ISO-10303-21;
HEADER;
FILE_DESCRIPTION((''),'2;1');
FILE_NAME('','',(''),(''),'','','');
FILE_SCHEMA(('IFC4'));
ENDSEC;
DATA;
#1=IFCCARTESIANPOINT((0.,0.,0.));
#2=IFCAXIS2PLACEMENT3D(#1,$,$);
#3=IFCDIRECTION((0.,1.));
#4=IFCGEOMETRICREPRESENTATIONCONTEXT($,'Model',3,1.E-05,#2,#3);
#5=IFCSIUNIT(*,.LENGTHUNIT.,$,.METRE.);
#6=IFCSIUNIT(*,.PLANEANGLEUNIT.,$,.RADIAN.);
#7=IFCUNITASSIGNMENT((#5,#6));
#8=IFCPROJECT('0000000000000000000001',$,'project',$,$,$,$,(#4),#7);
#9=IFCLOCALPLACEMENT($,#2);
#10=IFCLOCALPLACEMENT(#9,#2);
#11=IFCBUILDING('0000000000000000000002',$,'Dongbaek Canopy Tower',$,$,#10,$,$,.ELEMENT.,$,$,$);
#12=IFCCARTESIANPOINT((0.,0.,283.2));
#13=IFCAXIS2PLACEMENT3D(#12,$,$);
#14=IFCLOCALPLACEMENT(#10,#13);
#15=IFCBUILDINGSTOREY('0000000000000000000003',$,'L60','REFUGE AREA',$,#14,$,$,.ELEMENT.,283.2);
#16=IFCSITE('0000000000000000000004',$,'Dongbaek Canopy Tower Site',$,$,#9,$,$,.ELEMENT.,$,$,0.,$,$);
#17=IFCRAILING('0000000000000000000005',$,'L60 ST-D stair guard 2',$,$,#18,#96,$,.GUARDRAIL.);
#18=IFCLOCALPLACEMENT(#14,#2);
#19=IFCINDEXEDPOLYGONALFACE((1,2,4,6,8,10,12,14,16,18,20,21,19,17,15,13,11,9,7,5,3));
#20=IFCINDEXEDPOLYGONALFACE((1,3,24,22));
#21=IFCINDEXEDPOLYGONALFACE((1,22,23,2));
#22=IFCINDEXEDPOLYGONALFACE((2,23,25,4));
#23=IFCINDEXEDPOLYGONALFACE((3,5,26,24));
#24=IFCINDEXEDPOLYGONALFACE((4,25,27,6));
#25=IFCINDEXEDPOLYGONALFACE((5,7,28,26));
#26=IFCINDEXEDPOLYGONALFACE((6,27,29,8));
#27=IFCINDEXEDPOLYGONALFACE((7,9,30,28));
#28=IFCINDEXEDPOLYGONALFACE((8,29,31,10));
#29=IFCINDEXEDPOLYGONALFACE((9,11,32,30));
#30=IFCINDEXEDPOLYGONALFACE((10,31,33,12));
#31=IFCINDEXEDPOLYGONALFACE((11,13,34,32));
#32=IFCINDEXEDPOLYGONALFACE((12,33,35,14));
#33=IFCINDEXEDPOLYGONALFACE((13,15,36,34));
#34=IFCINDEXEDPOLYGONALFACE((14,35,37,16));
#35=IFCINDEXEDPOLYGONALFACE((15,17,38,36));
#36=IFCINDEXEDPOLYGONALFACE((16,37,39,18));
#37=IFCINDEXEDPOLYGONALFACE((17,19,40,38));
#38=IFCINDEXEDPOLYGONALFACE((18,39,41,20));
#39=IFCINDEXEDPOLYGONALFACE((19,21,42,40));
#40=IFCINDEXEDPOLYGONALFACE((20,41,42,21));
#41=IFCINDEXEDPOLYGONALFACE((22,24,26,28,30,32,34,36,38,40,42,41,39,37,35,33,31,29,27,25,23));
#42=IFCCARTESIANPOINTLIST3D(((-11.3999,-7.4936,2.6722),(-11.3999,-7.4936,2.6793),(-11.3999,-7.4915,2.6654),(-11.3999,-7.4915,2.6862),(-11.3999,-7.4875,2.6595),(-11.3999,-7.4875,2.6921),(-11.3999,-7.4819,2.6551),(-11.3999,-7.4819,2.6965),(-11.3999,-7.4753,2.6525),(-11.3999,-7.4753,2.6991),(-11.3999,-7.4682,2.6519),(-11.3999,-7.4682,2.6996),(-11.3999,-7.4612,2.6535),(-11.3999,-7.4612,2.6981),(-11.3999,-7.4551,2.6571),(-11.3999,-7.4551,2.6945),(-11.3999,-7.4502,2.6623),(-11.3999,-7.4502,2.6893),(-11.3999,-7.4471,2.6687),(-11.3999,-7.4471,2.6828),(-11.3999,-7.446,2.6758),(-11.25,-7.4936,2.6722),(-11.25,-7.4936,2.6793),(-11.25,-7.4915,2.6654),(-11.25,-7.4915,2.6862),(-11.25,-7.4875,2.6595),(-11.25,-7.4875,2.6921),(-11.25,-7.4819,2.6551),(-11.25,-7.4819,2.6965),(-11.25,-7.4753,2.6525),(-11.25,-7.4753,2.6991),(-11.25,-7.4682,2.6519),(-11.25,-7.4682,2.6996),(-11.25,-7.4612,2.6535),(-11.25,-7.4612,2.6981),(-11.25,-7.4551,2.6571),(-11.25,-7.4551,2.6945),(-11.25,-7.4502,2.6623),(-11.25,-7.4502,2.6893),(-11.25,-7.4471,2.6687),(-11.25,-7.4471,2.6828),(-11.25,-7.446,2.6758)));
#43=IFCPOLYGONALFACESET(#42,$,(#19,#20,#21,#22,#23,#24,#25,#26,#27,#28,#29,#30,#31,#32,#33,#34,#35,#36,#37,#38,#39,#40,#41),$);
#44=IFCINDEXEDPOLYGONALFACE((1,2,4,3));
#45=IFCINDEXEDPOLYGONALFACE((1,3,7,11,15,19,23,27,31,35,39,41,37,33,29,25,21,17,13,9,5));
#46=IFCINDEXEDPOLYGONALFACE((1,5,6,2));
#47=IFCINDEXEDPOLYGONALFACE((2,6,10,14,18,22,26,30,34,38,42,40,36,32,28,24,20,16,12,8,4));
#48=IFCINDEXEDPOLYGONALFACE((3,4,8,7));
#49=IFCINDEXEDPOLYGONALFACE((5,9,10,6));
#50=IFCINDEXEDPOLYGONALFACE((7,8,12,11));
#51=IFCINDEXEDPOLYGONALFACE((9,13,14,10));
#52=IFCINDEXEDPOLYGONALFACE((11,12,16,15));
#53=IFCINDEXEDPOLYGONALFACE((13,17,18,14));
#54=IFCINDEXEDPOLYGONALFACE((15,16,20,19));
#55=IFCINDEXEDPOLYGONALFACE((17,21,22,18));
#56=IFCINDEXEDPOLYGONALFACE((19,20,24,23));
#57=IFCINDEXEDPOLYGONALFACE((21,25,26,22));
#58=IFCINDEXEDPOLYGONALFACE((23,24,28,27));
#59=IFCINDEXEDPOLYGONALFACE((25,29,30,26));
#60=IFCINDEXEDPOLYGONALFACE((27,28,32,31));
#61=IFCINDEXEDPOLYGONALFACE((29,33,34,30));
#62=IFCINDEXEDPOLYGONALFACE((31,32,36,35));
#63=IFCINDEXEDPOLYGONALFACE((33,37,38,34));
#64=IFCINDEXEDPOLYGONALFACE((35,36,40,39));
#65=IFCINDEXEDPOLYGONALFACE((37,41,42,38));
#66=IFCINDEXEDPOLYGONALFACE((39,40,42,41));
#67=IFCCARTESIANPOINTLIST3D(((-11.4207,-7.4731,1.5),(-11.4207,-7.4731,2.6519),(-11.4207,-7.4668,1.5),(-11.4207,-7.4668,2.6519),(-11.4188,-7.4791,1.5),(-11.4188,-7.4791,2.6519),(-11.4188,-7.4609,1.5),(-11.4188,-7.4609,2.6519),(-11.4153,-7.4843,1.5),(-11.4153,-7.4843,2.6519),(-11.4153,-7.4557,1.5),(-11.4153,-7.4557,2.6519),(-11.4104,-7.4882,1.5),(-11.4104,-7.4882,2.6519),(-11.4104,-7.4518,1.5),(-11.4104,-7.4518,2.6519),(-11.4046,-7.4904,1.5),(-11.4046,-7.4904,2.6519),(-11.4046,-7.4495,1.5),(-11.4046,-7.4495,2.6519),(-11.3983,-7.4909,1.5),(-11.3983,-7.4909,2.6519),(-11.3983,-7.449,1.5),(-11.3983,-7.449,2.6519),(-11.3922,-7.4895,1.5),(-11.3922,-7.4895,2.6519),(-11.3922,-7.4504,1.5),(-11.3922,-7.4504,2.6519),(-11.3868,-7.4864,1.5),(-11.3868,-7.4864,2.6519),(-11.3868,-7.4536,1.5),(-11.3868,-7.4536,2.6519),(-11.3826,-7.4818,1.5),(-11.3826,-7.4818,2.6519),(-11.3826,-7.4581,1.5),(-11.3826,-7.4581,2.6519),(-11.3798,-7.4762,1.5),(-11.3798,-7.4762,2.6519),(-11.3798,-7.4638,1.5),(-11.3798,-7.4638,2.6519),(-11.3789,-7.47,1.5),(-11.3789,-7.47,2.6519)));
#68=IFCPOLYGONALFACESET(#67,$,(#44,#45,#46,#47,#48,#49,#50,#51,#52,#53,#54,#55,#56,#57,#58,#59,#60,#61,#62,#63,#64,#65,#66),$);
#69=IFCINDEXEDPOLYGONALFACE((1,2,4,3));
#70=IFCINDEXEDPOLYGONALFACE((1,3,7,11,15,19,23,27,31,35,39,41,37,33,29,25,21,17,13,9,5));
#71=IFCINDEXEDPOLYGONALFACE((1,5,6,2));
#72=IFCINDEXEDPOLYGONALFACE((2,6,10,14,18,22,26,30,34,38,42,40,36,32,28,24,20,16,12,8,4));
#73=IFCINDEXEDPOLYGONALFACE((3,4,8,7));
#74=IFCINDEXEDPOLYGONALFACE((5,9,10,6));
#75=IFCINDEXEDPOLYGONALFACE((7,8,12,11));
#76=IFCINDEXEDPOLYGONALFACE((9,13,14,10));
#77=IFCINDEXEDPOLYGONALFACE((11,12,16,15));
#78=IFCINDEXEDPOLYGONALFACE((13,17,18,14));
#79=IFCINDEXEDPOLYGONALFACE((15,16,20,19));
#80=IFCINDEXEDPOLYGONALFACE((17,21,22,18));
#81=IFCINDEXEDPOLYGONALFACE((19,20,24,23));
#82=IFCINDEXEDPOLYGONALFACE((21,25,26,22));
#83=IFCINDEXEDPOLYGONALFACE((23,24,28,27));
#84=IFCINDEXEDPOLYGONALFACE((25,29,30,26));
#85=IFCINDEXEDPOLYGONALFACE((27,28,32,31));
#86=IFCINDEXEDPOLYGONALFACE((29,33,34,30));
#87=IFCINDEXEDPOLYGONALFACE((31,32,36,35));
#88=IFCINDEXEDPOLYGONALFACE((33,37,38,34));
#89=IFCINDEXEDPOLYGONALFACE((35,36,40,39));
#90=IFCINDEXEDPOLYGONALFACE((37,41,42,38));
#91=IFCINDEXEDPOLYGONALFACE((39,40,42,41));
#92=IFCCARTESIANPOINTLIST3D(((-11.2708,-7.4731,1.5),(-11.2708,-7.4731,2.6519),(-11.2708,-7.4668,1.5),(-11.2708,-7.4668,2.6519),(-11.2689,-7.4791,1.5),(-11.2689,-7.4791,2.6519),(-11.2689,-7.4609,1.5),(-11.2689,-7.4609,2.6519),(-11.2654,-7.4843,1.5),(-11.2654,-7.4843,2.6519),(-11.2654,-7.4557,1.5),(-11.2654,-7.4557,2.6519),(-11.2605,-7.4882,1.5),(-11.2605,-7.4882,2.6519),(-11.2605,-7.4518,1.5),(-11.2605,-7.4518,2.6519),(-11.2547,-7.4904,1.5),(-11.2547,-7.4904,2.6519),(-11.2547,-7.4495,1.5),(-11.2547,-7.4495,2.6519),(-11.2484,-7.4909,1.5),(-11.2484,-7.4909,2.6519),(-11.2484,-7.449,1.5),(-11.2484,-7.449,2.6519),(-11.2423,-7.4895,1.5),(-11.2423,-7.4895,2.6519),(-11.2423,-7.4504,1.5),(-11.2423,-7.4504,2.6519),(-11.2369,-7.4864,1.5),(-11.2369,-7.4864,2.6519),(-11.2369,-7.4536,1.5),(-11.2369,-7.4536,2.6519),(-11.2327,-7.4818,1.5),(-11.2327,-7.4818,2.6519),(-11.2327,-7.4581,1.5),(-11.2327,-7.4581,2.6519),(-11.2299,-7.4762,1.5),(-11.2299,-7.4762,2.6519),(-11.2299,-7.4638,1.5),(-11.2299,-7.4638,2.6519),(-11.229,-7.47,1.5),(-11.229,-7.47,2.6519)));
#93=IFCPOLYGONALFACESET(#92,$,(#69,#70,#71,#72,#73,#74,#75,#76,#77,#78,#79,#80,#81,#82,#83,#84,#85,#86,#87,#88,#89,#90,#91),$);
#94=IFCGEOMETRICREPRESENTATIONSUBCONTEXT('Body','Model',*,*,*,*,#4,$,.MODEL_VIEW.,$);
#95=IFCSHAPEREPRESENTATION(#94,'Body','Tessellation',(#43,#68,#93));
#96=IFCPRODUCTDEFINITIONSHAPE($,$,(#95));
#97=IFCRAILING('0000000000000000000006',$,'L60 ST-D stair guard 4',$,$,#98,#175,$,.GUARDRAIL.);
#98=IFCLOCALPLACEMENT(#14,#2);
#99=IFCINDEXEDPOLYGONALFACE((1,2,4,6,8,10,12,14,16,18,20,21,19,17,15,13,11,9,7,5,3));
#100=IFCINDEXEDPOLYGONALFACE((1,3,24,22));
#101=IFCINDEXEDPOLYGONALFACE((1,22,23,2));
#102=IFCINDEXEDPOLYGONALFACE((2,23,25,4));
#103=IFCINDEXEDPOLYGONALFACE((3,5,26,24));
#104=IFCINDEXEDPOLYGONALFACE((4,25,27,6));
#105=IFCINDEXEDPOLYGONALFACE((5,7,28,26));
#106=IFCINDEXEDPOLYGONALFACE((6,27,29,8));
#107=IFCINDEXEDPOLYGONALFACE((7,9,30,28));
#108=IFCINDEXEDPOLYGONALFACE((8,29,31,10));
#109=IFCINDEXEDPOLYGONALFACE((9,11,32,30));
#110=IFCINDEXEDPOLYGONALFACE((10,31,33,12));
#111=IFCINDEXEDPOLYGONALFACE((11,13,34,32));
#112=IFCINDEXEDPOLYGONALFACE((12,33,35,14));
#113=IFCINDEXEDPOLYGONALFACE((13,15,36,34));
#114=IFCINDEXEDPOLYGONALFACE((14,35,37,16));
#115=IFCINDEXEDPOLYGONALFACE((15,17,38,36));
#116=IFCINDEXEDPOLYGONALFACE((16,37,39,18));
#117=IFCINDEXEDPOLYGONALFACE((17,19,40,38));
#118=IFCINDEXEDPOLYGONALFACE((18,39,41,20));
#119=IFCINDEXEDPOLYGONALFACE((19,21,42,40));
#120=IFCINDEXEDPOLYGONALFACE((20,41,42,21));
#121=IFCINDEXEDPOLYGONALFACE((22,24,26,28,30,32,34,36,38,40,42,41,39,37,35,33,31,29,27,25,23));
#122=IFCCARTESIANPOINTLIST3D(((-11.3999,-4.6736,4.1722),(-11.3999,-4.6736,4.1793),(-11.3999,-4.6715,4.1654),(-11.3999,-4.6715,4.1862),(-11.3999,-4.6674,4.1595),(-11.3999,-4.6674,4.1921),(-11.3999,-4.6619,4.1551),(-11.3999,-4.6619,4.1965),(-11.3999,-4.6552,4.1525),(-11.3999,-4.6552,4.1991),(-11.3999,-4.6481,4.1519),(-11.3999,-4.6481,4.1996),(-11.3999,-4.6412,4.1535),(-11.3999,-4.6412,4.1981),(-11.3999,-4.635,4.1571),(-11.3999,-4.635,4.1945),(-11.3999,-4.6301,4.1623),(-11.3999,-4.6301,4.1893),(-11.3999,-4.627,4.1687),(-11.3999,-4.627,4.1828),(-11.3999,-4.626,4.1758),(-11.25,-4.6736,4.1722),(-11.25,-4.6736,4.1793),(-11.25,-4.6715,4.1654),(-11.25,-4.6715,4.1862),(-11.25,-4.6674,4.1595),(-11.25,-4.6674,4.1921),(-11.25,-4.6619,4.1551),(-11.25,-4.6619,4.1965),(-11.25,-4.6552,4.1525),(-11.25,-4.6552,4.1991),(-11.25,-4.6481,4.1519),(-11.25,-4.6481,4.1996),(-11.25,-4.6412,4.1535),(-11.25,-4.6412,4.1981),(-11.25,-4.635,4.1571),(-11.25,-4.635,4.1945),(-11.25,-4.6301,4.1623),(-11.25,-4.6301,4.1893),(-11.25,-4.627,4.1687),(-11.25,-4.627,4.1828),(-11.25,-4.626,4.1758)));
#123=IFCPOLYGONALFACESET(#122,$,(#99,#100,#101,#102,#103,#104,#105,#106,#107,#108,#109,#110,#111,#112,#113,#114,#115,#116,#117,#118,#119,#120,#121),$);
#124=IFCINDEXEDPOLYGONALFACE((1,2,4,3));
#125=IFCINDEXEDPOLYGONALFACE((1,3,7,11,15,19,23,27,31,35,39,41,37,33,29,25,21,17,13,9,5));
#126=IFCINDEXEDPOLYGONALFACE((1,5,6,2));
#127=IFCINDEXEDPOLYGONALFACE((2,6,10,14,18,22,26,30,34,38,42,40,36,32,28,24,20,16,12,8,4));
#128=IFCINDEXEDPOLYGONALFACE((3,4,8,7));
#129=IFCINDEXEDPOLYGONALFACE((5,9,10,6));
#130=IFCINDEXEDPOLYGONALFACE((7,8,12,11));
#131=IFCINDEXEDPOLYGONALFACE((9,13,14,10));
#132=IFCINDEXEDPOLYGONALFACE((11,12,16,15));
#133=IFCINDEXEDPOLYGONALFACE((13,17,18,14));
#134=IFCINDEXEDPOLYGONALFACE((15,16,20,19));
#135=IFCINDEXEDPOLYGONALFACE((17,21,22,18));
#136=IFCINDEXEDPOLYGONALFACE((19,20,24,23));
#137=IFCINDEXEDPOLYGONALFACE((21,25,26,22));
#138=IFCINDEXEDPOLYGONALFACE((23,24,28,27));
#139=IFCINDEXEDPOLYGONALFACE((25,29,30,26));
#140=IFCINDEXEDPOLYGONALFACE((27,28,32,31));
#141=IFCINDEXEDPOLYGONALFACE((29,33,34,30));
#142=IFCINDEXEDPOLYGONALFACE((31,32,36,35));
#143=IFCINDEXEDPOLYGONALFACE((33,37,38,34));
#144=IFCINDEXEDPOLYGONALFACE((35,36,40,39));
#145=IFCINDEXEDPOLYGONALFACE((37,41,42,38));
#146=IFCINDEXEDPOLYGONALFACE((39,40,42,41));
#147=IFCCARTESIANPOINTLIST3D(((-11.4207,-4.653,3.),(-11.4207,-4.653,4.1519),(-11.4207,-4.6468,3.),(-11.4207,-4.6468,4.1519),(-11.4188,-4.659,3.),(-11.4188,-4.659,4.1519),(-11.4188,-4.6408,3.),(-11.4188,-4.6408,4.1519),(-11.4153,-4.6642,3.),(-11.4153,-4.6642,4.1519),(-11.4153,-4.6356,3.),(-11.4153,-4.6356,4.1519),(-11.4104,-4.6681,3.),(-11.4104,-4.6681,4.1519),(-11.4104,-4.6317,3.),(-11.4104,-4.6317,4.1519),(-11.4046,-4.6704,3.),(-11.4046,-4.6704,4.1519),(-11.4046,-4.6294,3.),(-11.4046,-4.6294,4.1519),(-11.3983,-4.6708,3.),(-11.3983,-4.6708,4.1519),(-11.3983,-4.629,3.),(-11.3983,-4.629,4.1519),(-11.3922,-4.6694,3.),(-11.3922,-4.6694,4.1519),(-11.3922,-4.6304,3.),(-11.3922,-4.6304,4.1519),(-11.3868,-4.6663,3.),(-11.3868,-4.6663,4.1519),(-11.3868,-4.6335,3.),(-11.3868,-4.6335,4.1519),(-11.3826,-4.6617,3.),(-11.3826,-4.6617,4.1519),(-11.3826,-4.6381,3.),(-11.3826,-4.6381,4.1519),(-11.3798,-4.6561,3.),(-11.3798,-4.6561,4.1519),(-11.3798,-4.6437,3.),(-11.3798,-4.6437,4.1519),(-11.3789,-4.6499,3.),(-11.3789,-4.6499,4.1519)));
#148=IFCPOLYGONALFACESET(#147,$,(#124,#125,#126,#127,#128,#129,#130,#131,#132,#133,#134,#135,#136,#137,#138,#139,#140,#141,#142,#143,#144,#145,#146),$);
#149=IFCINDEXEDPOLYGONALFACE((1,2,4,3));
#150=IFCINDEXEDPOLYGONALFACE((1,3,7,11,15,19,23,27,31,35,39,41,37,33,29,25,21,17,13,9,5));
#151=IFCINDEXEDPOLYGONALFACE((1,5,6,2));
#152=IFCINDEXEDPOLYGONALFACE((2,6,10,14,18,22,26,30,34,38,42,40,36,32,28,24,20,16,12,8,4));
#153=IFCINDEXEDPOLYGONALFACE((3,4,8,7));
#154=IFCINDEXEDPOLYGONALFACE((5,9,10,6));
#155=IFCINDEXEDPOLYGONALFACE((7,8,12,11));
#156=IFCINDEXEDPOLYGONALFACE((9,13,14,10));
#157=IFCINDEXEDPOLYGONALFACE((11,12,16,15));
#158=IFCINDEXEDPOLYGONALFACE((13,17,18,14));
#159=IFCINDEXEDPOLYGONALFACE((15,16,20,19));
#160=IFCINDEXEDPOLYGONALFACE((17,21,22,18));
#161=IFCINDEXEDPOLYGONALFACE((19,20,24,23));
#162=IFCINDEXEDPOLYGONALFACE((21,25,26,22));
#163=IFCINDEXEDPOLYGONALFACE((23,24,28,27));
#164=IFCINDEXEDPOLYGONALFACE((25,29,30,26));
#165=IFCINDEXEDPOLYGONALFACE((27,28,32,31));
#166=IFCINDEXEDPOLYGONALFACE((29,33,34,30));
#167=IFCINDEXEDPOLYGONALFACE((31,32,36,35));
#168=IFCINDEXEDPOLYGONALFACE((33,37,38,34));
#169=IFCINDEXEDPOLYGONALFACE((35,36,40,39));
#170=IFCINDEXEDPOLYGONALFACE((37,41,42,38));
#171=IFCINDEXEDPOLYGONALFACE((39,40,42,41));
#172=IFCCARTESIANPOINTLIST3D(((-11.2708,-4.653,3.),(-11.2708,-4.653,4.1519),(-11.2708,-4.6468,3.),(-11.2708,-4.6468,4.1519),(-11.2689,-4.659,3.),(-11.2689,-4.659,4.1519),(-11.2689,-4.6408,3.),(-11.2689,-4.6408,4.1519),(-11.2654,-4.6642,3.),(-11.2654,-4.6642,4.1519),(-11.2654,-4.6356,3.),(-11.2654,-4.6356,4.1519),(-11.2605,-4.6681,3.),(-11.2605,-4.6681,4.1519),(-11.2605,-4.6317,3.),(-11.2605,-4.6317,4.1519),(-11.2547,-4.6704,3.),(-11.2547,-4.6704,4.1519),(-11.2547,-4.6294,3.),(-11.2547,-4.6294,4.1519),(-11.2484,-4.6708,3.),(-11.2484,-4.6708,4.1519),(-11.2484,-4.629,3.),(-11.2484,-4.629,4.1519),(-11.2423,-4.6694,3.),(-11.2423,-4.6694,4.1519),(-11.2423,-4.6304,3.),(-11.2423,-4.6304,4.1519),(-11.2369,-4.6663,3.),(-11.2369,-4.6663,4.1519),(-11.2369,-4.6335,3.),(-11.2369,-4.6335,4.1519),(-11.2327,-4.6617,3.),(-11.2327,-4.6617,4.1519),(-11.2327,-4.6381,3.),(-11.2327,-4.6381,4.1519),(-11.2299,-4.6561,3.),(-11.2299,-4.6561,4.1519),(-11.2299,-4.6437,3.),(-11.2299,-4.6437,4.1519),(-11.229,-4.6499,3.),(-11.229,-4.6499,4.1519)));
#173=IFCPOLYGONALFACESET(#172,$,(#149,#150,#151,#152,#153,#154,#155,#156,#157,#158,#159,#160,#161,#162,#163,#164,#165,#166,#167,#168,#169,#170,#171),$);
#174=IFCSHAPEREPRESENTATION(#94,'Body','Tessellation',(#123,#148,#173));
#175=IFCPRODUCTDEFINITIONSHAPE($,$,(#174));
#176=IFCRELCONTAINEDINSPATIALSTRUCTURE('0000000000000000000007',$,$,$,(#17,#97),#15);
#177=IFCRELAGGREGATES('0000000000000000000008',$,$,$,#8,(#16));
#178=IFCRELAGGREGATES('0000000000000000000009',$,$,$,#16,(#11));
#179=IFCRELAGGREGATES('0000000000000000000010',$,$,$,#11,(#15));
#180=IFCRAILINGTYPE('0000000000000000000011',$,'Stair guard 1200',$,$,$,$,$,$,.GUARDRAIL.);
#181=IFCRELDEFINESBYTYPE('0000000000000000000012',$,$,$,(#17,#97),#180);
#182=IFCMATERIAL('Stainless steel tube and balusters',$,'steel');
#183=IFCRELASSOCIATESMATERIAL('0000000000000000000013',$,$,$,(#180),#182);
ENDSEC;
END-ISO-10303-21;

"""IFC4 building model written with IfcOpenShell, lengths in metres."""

from ifc_helpers import new_model, si_unit, direction, frame, origin, origin_2d, place, context, subcontext, project, spatial, circle, extrude, material, type_object, element, save


model = new_model("IFC4")

# Units and contexts
model_context = context("Model", 3, precision=1e-05, world=origin(), true_north=direction((0.0, 1.0)))
body_context = subcontext(model_context, "Body", "Model", "MODEL_VIEW")
ifc_project = project(units=[si_unit("LENGTHUNIT", "METRE"), si_unit("PLANEANGLEUNIT", "RADIAN")], contexts=[model_context])

# Site, building, storey
site_placement = place(None, origin())
site = spatial("IfcSite", under=ifc_project, at=site_placement, Name="Dongbaek Canopy Tower Site", CompositionType="ELEMENT", RefElevation=0.0)
building_placement = place(site_placement, origin())
building = spatial("IfcBuilding", under=site, at=building_placement, Name="Dongbaek Canopy Tower", CompositionType="ELEMENT")
storey_placement = place(building_placement, frame((0.0, 0.0, 283.2)))
storey = spatial("IfcBuildingStorey", under=building, at=storey_placement, Name="L60", Description="REFUGE AREA", CompositionType="ELEMENT", Elevation=283.2)

# Railings
ifc_material_1 = material(Name="Stainless steel tube and balusters", Category="steel")
railing_type_1 = type_object("IfcRailingType", Name="Stair guard 1200", PredefinedType="GUARDRAIL", material=ifc_material_1)
for number, where, name in (
    (1, (-11.3999, -7.47, 1.5), "L60 ST-D stair guard 2"),
    (2, (-11.3999, -4.6499, 3.0), "L60 ST-D stair guard 4"),
):
    element("IfcRailing", number, at=place(storey_placement, frame(where)), inside=storey, type_object=railing_type_1, Name=name, PredefinedType="GUARDRAIL", context=body_context, shape_type="SweptSolid", body=[
        extrude(circle(Radius=0.0239, at=origin_2d()), frame((0.0, 0.0, 1.1758), z_axis=(1.0, 0.0, 0.0), x_axis=(0.0, 1.0, 0.0)), (0.0, 0.0, 1.0), 0.1499),
        extrude(circle(Radius=0.021, at=origin_2d()), origin(), (0.0, 0.0, 1.0), 1.1519),
        extrude(circle(Radius=0.021, at=origin_2d()), frame((0.1499, 0.0, 0.0)), (0.0, 0.0, 1.0), 1.1519),
    ])

save(model, "model.ifc")
